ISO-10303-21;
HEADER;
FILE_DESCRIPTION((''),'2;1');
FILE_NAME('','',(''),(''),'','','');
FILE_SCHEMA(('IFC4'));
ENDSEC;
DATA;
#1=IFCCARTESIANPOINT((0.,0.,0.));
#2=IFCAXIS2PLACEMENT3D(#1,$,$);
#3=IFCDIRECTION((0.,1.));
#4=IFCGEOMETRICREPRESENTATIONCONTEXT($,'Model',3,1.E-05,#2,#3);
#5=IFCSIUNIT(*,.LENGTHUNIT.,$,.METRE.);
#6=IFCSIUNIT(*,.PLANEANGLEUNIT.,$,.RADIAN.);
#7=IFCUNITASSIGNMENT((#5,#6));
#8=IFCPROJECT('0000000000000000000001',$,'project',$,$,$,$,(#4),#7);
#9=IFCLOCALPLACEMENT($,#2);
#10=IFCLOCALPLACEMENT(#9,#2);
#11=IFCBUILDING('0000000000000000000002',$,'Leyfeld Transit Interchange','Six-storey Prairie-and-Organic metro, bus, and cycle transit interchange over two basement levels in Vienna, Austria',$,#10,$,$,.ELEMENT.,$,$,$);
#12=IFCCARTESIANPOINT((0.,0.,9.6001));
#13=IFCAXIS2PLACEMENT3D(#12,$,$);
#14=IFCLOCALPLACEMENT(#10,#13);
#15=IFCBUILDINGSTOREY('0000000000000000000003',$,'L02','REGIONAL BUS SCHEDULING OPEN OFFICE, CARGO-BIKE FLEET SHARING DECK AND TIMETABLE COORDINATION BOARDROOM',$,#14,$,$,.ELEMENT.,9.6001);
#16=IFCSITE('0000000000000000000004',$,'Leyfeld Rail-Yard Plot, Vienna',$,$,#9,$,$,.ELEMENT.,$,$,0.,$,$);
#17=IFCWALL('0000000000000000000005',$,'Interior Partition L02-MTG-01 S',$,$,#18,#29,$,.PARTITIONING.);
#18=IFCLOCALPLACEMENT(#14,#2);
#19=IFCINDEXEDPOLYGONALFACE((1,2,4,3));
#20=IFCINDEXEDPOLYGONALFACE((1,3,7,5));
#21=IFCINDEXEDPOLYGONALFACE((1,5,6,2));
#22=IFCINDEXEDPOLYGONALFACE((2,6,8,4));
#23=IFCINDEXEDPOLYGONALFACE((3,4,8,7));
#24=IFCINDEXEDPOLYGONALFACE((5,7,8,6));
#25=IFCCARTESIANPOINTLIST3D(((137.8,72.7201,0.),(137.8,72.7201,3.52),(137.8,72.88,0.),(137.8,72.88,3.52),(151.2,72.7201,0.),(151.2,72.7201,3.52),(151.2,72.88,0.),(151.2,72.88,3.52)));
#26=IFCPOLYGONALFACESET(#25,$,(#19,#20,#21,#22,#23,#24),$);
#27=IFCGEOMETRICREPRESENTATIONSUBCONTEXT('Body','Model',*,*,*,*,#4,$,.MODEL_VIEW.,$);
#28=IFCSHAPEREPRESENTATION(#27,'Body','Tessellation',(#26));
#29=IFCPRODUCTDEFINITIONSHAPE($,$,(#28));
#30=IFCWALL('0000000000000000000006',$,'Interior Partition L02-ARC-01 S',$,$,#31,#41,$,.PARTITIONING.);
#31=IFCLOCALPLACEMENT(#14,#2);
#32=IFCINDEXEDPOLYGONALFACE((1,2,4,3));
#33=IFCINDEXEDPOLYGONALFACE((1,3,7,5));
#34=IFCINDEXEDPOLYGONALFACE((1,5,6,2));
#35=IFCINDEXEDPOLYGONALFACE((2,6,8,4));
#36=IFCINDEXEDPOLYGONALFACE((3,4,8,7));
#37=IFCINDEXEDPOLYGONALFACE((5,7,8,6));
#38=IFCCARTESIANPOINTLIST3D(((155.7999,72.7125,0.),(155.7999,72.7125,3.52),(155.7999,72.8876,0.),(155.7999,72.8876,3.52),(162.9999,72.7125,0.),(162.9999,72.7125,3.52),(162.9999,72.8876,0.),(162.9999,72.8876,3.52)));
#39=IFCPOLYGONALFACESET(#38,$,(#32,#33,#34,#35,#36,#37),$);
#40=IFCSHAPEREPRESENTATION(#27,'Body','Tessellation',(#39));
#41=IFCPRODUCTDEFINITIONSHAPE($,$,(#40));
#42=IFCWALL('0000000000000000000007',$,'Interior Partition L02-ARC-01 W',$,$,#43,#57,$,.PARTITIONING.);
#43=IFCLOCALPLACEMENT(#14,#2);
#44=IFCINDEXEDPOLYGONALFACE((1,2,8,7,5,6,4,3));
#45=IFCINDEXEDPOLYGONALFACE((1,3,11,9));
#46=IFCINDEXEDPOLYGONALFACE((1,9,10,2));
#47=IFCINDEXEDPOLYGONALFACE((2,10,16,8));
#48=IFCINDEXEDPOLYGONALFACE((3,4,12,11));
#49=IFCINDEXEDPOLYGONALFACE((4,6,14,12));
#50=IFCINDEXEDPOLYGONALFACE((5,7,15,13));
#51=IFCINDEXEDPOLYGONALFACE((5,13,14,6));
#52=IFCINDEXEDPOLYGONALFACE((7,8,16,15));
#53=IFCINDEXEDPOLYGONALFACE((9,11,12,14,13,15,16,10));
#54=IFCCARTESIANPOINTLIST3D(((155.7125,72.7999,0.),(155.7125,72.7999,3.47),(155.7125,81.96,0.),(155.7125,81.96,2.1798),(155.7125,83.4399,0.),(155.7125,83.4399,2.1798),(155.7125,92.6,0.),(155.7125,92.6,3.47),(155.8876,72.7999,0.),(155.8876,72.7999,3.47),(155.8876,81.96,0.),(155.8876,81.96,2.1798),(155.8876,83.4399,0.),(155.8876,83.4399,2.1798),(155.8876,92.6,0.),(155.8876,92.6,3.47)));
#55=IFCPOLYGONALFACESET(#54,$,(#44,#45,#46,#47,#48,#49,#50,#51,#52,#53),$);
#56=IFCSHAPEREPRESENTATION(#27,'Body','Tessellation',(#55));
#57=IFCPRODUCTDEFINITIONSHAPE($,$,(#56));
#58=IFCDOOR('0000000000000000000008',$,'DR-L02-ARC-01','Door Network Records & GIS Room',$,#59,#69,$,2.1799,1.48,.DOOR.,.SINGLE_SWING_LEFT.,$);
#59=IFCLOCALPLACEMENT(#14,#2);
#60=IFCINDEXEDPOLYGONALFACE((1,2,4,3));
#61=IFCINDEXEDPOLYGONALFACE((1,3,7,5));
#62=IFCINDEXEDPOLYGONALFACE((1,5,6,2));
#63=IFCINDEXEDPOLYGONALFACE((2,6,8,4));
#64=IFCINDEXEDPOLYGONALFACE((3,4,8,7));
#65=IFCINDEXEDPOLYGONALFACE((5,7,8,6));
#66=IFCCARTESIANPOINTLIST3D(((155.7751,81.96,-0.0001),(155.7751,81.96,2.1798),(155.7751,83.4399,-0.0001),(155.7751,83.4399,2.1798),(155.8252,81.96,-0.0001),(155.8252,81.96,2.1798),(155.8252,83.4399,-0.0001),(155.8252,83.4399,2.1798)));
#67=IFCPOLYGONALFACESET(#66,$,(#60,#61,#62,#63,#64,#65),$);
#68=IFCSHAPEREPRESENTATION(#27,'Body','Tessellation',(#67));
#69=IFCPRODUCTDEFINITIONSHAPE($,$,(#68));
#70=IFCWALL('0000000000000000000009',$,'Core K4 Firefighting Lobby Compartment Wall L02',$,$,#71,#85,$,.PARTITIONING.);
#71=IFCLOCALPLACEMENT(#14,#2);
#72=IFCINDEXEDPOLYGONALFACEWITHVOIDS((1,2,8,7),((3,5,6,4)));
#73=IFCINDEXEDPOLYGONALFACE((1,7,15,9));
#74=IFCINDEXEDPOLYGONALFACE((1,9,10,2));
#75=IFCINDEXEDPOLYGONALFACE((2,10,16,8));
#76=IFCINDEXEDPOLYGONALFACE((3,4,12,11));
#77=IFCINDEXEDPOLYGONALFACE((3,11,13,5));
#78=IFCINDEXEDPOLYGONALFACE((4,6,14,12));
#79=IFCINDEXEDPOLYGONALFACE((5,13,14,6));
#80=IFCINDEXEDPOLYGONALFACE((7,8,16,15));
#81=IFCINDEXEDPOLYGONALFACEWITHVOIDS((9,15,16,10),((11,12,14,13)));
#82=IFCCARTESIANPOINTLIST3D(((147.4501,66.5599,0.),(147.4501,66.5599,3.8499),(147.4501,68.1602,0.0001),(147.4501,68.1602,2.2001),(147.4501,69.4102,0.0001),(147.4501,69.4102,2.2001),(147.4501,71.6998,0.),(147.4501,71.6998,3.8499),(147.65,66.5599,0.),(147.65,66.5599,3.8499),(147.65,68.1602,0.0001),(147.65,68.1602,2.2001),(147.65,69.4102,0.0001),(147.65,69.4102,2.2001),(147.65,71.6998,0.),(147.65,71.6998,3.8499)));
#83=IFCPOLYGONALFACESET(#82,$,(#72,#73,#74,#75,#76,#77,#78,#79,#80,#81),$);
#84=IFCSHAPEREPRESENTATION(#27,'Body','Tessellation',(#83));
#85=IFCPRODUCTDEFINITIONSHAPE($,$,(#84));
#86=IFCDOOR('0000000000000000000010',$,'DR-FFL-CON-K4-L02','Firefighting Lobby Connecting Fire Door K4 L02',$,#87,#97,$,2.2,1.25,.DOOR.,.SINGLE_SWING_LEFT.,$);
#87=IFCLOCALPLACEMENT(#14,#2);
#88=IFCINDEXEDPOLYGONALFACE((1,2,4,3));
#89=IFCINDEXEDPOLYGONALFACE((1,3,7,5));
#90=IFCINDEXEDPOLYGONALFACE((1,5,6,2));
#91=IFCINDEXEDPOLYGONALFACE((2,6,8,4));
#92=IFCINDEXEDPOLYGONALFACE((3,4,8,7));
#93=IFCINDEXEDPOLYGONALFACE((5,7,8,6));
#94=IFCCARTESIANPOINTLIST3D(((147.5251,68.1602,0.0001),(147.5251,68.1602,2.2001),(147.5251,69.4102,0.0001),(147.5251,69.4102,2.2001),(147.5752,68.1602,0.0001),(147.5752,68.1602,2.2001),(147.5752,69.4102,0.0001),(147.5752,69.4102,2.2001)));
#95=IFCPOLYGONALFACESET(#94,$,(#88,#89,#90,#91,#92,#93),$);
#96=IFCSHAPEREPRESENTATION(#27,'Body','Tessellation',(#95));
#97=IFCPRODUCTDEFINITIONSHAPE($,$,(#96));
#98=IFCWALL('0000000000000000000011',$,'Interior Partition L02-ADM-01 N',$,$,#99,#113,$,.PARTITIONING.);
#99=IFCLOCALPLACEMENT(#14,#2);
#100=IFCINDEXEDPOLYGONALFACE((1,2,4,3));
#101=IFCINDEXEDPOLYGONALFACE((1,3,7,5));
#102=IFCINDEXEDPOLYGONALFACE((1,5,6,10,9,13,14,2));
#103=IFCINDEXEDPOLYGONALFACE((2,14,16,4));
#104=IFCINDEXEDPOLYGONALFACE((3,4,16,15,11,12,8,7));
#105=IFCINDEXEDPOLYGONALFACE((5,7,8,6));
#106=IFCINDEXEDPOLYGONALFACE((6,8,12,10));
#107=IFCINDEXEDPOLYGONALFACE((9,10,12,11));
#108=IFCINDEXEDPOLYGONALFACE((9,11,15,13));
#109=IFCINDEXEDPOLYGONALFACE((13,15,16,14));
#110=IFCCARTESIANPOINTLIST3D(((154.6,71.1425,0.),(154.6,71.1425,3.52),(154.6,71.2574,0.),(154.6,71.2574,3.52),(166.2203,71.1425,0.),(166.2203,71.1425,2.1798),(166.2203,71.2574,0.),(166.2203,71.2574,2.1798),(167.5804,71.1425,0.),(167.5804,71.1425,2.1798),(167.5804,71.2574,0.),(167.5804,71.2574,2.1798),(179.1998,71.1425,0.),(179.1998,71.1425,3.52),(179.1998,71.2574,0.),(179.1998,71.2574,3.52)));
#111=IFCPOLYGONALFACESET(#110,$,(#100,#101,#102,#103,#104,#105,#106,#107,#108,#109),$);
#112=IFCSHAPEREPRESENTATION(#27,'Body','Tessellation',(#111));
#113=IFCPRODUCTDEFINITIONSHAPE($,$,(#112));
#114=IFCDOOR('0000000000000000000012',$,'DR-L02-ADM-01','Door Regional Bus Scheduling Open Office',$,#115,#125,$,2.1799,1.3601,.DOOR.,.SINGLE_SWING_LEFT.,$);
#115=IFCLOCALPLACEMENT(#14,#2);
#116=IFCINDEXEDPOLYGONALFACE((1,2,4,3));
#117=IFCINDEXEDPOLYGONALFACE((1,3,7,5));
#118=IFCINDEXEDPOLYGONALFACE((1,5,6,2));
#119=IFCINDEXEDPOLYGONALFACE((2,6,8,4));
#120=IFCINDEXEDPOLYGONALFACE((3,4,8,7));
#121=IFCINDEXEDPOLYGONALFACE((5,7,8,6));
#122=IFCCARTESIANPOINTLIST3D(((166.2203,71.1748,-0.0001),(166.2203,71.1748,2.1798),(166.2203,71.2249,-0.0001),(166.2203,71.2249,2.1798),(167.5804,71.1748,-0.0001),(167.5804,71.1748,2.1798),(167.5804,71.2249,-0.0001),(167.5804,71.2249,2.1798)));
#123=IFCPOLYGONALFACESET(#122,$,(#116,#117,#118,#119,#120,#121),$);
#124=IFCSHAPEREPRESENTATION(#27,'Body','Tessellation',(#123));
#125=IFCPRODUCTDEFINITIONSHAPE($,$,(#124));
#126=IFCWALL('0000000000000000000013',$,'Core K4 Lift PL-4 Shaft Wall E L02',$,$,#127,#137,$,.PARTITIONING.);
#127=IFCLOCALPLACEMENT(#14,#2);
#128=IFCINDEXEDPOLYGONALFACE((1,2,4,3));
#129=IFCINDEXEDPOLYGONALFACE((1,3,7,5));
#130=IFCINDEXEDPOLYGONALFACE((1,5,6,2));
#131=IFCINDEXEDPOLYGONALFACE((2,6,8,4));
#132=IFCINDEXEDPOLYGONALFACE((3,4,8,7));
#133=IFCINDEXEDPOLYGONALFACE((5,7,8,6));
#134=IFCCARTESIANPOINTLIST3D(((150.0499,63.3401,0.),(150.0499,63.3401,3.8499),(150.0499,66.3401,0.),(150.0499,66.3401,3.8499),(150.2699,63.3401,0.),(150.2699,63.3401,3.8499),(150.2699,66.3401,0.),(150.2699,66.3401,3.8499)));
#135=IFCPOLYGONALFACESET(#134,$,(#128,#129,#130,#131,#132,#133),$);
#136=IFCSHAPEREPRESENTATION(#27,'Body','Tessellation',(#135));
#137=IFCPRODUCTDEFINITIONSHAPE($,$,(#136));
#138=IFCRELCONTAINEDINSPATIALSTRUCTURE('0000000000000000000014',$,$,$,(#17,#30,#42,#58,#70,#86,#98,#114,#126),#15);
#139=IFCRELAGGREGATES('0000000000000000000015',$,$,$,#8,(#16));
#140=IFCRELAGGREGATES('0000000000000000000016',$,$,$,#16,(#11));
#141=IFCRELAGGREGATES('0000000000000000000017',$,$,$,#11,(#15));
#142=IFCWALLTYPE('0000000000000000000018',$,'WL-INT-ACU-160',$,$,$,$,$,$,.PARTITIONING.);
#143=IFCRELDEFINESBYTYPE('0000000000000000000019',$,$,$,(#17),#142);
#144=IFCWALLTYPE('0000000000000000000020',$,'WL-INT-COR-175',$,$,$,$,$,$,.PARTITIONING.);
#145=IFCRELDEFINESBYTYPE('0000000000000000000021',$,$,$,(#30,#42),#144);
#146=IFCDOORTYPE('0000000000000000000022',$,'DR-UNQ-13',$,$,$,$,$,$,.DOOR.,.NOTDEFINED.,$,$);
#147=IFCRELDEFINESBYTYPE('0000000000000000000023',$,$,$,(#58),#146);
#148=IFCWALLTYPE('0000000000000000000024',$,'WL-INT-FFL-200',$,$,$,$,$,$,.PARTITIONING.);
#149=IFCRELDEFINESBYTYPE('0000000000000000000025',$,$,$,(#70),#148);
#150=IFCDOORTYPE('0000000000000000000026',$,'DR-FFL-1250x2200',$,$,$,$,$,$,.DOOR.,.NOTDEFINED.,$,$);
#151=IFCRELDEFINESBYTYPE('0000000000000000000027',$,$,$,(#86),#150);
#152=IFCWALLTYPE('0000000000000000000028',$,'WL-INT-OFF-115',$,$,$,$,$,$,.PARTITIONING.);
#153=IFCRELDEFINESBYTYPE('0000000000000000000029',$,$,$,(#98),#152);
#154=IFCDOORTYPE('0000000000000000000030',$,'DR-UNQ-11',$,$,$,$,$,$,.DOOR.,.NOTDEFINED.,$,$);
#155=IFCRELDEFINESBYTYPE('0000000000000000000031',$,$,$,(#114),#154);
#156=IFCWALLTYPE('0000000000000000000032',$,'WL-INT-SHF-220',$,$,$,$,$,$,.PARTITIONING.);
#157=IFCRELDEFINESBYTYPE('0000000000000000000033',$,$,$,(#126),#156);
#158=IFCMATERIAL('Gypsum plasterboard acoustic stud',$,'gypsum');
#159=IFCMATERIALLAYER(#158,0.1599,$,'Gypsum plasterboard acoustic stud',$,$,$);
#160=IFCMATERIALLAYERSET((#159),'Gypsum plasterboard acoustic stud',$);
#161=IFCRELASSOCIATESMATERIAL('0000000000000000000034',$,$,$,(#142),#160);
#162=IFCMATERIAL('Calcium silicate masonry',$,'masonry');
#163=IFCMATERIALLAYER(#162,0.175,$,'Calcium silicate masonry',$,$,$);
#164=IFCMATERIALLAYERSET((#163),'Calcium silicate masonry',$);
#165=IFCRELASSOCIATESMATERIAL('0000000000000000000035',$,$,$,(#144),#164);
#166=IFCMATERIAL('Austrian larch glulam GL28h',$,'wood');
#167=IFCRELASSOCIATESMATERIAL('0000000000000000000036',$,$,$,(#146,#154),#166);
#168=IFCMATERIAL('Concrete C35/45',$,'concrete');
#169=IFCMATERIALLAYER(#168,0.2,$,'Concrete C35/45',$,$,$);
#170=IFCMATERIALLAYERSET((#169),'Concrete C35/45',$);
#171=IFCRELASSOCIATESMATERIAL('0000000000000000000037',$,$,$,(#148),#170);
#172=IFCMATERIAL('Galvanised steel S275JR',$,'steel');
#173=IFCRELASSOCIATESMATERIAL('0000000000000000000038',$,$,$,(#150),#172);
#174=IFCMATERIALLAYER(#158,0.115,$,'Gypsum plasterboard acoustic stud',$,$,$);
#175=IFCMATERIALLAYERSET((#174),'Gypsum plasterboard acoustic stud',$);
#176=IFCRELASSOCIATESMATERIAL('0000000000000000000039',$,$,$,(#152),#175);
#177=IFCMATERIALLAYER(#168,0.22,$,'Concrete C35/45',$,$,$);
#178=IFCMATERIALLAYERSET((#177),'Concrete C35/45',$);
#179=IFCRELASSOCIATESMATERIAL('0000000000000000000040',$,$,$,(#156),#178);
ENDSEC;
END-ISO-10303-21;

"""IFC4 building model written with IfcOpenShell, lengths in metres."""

from ifc_helpers import new_model, si_unit, direction, frame, frame_2d, origin, place, context, subcontext, project, spatial, rectangle, extrude, material, layer, layer_set, type_object, element, fill, save


model = new_model("IFC4")

# Units and contexts
model_context = context("Model", 3, precision=1e-05, world=origin(), true_north=direction((0.0, 1.0)))
body_context = subcontext(model_context, "Body", "Model", "MODEL_VIEW")
ifc_project = project(units=[si_unit("LENGTHUNIT", "METRE"), si_unit("PLANEANGLEUNIT", "RADIAN")], contexts=[model_context])

# Site, building, storey
site_placement = place(None, origin())
site = spatial("IfcSite", under=ifc_project, at=site_placement, Name="Leyfeld Rail-Yard Plot, Vienna", CompositionType="ELEMENT", RefElevation=0.0)
building_placement = place(site_placement, origin())
building = spatial("IfcBuilding", under=site, at=building_placement, Name="Leyfeld Transit Interchange", Description="Six-storey Prairie-and-Organic metro, bus, and cycle transit interchange over two basement levels in Vienna, Austria", CompositionType="ELEMENT")
storey_placement = place(building_placement, frame((0.0, 0.0, 9.6001)))
storey = spatial("IfcBuildingStorey", under=building, at=storey_placement, Name="L02", Description="REGIONAL BUS SCHEDULING OPEN OFFICE, CARGO-BIKE FLEET SHARING DECK AND TIMETABLE COORDINATION BOARDROOM", CompositionType="ELEMENT", Elevation=9.6001)

# Shared definitions
ifc_material_1 = material(Name="Concrete C35/45", Category="concrete")

# Walls
ifc_material_2 = material(Name="Gypsum plasterboard acoustic stud", Category="gypsum")
ifc_layer_1 = layer(ifc_material_2, 0.1599, Name="Gypsum plasterboard acoustic stud")
ifc_layer_set_1 = layer_set([ifc_layer_1], Name="Gypsum plasterboard acoustic stud")
wall_type_1 = type_object("IfcWallType", Name="WL-INT-ACU-160", PredefinedType="PARTITIONING", material=ifc_layer_set_1)
wall_1_placement = place(storey_placement, frame((151.2, 72.8, 0.0), z_axis=(0.0, 0.0, 1.0), x_axis=(-1.0, 0.0, 0.0)))
element("IfcWall", 1, at=wall_1_placement, inside=storey, type_object=wall_type_1, Name="Interior Partition L02-MTG-01 S", PredefinedType="PARTITIONING", context=body_context, shape_type="SweptSolid", body=[
    extrude(rectangle(XDim=13.3999, YDim=0.1599, at=frame_2d((6.7, 0.0))), origin(), (0.0, 0.0, 1.0), 3.52),
])
ifc_material_3 = material(Name="Calcium silicate masonry", Category="masonry")
ifc_layer_2 = layer(ifc_material_3, 0.175, Name="Calcium silicate masonry")
ifc_layer_set_2 = layer_set([ifc_layer_2], Name="Calcium silicate masonry")
wall_type_2 = type_object("IfcWallType", Name="WL-INT-COR-175", PredefinedType="PARTITIONING", material=ifc_layer_set_2)
wall_2_placement = place(storey_placement, frame((163.0, 72.8, 0.0), z_axis=(0.0, 0.0, 1.0), x_axis=(-1.0, 0.0, 0.0)))
element("IfcWall", 2, at=wall_2_placement, inside=storey, type_object=wall_type_2, Name="Interior Partition L02-ARC-01 S", PredefinedType="PARTITIONING", context=body_context, shape_type="SweptSolid", body=[
    extrude(rectangle(XDim=7.2, YDim=0.175, at=frame_2d((3.6001, 0.0))), origin(), (0.0, 0.0, 1.0), 3.52),
])

# Walls, openings, doors
wall_3_placement = place(storey_placement, frame((155.8, 72.8, 0.0), z_axis=(0.0, 0.0, 1.0), x_axis=(0.0, 1.0, 0.0)))
wall_3 = element("IfcWall", 3, at=wall_3_placement, inside=storey, type_object=wall_type_2, Name="Interior Partition L02-ARC-01 W", PredefinedType="PARTITIONING", context=body_context, shape_type="SweptSolid", body=[
    extrude(rectangle(XDim=19.8, YDim=0.175, at=frame_2d((9.8999, 0.0))), origin(), (0.0, 0.0, 1.0), 3.47),
])
opening_1_placement = place(wall_3_placement, frame((9.1599, 0.0, 0.0)))
opening_1 = element("IfcOpeningElement", 4, at=opening_1_placement, cuts=wall_3, PredefinedType="OPENING", context=body_context, shape_type="SweptSolid", body=[
    extrude(rectangle(XDim=1.48, YDim=2.1799, at=frame_2d((0.74, 1.0898))), frame((0.0, 0.0974, 0.0), z_axis=(0.0, -1.0, 0.0), x_axis=(1.0, 0.0, 0.0)), (0.0, 0.0, 1.0), 0.1951),
])
ifc_material_4 = material(Name="Austrian larch glulam GL28h", Category="wood")
door_type_1 = type_object("IfcDoorType", Name="DR-UNQ-13", OperationType="NOTDEFINED", PredefinedType="DOOR", material=ifc_material_4)
door_1_placement = place(opening_1_placement, origin())
door_1 = element("IfcDoor", 5, at=door_1_placement, inside=storey, type_object=door_type_1, Name="DR-L02-ARC-01", Description="Door Network Records & GIS Room", OperationType="SINGLE_SWING_LEFT", OverallHeight=2.1799, OverallWidth=1.48, PredefinedType="DOOR", context=body_context, shape_type="SweptSolid", body=[
    extrude(rectangle(XDim=1.48, YDim=2.1799, at=frame_2d((0.74, 1.0898))), frame((0.0, 0.0249, 0.0), z_axis=(0.0, -1.0, 0.0), x_axis=(1.0, 0.0, 0.0)), (0.0, 0.0, 1.0), 0.05),
])
fill(opening_1, door_1)
ifc_layer_3 = layer(ifc_material_1, 0.2, Name="Concrete C35/45")
ifc_layer_set_3 = layer_set([ifc_layer_3], Name="Concrete C35/45")
wall_type_3 = type_object("IfcWallType", Name="WL-INT-FFL-200", PredefinedType="PARTITIONING", material=ifc_layer_set_3)
wall_4_placement = place(storey_placement, frame((147.55, 66.5601, 0.0), z_axis=(0.0, 0.0, 1.0), x_axis=(0.0, 1.0, 0.0)))
wall_4 = element("IfcWall", 6, at=wall_4_placement, inside=storey, type_object=wall_type_3, Name="Core K4 Firefighting Lobby Compartment Wall L02", PredefinedType="PARTITIONING", context=body_context, shape_type="SweptSolid", body=[
    extrude(rectangle(XDim=5.1399, YDim=0.2, at=frame_2d((2.5698, 0.0))), origin(), (0.0, 0.0, 1.0), 3.8499),
])
opening_2_placement = place(wall_4_placement, frame((1.6001, 0.0, 0.0)))
opening_2 = element("IfcOpeningElement", 7, at=opening_2_placement, cuts=wall_4, PredefinedType="OPENING", context=body_context, shape_type="SweptSolid", body=[
    extrude(rectangle(XDim=1.25, YDim=2.2, at=frame_2d((0.625, 1.1001))), frame((0.0, 0.1099, 0.0), z_axis=(0.0, -1.0, 0.0), x_axis=(1.0, 0.0, 0.0)), (0.0, 0.0, 1.0), 0.22),
])
ifc_material_5 = material(Name="Galvanised steel S275JR", Category="steel")
door_type_2 = type_object("IfcDoorType", Name="DR-FFL-1250x2200", OperationType="NOTDEFINED", PredefinedType="DOOR", material=ifc_material_5)
door_2_placement = place(opening_2_placement, origin())
door_2 = element("IfcDoor", 8, at=door_2_placement, inside=storey, type_object=door_type_2, Name="DR-FFL-CON-K4-L02", Description="Firefighting Lobby Connecting Fire Door K4 L02", OperationType="SINGLE_SWING_LEFT", OverallHeight=2.2, OverallWidth=1.25, PredefinedType="DOOR", context=body_context, shape_type="SweptSolid", body=[
    extrude(rectangle(XDim=1.25, YDim=2.2, at=frame_2d((0.625, 1.1001))), frame((0.0, 0.0249, 0.0), z_axis=(0.0, -1.0, 0.0), x_axis=(1.0, 0.0, 0.0)), (0.0, 0.0, 1.0), 0.05),
])
fill(opening_2, door_2)
ifc_layer_4 = layer(ifc_material_2, 0.115, Name="Gypsum plasterboard acoustic stud")
ifc_layer_set_4 = layer_set([ifc_layer_4], Name="Gypsum plasterboard acoustic stud")
wall_type_4 = type_object("IfcWallType", Name="WL-INT-OFF-115", PredefinedType="PARTITIONING", material=ifc_layer_set_4)
wall_5_placement = place(storey_placement, frame((154.6001, 71.2, 0.0), z_axis=(0.0, 0.0, 1.0), x_axis=(1.0, 0.0, 0.0)))
wall_5 = element("IfcWall", 9, at=wall_5_placement, inside=storey, type_object=wall_type_4, Name="Interior Partition L02-ADM-01 N", PredefinedType="PARTITIONING", context=body_context, shape_type="SweptSolid", body=[
    extrude(rectangle(XDim=24.5999, YDim=0.115, at=frame_2d((12.2998, 0.0))), origin(), (0.0, 0.0, 1.0), 3.52),
])
opening_3_placement = place(wall_5_placement, frame((11.6201, 0.0, 0.0)))
opening_3 = element("IfcOpeningElement", 10, at=opening_3_placement, cuts=wall_5, PredefinedType="OPENING", context=body_context, shape_type="SweptSolid", body=[
    extrude(rectangle(XDim=1.3601, YDim=2.1799, at=frame_2d((0.6802, 1.0898))), frame((0.0, 0.0674, 0.0), z_axis=(0.0, -1.0, 0.0), x_axis=(1.0, 0.0, 0.0)), (0.0, 0.0, 1.0), 0.135),
])
door_type_3 = type_object("IfcDoorType", Name="DR-UNQ-11", OperationType="NOTDEFINED", PredefinedType="DOOR", material=ifc_material_4)
door_3_placement = place(opening_3_placement, origin())
door_3 = element("IfcDoor", 11, at=door_3_placement, inside=storey, type_object=door_type_3, Name="DR-L02-ADM-01", Description="Door Regional Bus Scheduling Open Office", OperationType="SINGLE_SWING_LEFT", OverallHeight=2.1799, OverallWidth=1.3601, PredefinedType="DOOR", context=body_context, shape_type="SweptSolid", body=[
    extrude(rectangle(XDim=1.3601, YDim=2.1799, at=frame_2d((0.6802, 1.0898))), frame((0.0, 0.0249, 0.0), z_axis=(0.0, -1.0, 0.0), x_axis=(1.0, 0.0, 0.0)), (0.0, 0.0, 1.0), 0.05),
])
fill(opening_3, door_3)

# Shared definitions
ifc_layer_5 = layer(ifc_material_1, 0.22, Name="Concrete C35/45")
ifc_layer_set_5 = layer_set([ifc_layer_5], Name="Concrete C35/45")
wall_type_5 = type_object("IfcWallType", Name="WL-INT-SHF-220", PredefinedType="PARTITIONING", material=ifc_layer_set_5)

# Wall
wall_6_placement = place(storey_placement, frame((150.1599, 63.3401, 0.0), z_axis=(0.0, 0.0, 1.0), x_axis=(0.0, 1.0, 0.0)))
element("IfcWall", 12, at=wall_6_placement, inside=storey, type_object=wall_type_5, Name="Core K4 Lift PL-4 Shaft Wall E L02", PredefinedType="PARTITIONING", context=body_context, shape_type="SweptSolid", body=[
    extrude(rectangle(XDim=3.0, YDim=0.22, at=frame_2d((1.5, 0.0))), origin(), (0.0, 0.0, 1.0), 3.8499),
])

save(model, "model.ifc")
